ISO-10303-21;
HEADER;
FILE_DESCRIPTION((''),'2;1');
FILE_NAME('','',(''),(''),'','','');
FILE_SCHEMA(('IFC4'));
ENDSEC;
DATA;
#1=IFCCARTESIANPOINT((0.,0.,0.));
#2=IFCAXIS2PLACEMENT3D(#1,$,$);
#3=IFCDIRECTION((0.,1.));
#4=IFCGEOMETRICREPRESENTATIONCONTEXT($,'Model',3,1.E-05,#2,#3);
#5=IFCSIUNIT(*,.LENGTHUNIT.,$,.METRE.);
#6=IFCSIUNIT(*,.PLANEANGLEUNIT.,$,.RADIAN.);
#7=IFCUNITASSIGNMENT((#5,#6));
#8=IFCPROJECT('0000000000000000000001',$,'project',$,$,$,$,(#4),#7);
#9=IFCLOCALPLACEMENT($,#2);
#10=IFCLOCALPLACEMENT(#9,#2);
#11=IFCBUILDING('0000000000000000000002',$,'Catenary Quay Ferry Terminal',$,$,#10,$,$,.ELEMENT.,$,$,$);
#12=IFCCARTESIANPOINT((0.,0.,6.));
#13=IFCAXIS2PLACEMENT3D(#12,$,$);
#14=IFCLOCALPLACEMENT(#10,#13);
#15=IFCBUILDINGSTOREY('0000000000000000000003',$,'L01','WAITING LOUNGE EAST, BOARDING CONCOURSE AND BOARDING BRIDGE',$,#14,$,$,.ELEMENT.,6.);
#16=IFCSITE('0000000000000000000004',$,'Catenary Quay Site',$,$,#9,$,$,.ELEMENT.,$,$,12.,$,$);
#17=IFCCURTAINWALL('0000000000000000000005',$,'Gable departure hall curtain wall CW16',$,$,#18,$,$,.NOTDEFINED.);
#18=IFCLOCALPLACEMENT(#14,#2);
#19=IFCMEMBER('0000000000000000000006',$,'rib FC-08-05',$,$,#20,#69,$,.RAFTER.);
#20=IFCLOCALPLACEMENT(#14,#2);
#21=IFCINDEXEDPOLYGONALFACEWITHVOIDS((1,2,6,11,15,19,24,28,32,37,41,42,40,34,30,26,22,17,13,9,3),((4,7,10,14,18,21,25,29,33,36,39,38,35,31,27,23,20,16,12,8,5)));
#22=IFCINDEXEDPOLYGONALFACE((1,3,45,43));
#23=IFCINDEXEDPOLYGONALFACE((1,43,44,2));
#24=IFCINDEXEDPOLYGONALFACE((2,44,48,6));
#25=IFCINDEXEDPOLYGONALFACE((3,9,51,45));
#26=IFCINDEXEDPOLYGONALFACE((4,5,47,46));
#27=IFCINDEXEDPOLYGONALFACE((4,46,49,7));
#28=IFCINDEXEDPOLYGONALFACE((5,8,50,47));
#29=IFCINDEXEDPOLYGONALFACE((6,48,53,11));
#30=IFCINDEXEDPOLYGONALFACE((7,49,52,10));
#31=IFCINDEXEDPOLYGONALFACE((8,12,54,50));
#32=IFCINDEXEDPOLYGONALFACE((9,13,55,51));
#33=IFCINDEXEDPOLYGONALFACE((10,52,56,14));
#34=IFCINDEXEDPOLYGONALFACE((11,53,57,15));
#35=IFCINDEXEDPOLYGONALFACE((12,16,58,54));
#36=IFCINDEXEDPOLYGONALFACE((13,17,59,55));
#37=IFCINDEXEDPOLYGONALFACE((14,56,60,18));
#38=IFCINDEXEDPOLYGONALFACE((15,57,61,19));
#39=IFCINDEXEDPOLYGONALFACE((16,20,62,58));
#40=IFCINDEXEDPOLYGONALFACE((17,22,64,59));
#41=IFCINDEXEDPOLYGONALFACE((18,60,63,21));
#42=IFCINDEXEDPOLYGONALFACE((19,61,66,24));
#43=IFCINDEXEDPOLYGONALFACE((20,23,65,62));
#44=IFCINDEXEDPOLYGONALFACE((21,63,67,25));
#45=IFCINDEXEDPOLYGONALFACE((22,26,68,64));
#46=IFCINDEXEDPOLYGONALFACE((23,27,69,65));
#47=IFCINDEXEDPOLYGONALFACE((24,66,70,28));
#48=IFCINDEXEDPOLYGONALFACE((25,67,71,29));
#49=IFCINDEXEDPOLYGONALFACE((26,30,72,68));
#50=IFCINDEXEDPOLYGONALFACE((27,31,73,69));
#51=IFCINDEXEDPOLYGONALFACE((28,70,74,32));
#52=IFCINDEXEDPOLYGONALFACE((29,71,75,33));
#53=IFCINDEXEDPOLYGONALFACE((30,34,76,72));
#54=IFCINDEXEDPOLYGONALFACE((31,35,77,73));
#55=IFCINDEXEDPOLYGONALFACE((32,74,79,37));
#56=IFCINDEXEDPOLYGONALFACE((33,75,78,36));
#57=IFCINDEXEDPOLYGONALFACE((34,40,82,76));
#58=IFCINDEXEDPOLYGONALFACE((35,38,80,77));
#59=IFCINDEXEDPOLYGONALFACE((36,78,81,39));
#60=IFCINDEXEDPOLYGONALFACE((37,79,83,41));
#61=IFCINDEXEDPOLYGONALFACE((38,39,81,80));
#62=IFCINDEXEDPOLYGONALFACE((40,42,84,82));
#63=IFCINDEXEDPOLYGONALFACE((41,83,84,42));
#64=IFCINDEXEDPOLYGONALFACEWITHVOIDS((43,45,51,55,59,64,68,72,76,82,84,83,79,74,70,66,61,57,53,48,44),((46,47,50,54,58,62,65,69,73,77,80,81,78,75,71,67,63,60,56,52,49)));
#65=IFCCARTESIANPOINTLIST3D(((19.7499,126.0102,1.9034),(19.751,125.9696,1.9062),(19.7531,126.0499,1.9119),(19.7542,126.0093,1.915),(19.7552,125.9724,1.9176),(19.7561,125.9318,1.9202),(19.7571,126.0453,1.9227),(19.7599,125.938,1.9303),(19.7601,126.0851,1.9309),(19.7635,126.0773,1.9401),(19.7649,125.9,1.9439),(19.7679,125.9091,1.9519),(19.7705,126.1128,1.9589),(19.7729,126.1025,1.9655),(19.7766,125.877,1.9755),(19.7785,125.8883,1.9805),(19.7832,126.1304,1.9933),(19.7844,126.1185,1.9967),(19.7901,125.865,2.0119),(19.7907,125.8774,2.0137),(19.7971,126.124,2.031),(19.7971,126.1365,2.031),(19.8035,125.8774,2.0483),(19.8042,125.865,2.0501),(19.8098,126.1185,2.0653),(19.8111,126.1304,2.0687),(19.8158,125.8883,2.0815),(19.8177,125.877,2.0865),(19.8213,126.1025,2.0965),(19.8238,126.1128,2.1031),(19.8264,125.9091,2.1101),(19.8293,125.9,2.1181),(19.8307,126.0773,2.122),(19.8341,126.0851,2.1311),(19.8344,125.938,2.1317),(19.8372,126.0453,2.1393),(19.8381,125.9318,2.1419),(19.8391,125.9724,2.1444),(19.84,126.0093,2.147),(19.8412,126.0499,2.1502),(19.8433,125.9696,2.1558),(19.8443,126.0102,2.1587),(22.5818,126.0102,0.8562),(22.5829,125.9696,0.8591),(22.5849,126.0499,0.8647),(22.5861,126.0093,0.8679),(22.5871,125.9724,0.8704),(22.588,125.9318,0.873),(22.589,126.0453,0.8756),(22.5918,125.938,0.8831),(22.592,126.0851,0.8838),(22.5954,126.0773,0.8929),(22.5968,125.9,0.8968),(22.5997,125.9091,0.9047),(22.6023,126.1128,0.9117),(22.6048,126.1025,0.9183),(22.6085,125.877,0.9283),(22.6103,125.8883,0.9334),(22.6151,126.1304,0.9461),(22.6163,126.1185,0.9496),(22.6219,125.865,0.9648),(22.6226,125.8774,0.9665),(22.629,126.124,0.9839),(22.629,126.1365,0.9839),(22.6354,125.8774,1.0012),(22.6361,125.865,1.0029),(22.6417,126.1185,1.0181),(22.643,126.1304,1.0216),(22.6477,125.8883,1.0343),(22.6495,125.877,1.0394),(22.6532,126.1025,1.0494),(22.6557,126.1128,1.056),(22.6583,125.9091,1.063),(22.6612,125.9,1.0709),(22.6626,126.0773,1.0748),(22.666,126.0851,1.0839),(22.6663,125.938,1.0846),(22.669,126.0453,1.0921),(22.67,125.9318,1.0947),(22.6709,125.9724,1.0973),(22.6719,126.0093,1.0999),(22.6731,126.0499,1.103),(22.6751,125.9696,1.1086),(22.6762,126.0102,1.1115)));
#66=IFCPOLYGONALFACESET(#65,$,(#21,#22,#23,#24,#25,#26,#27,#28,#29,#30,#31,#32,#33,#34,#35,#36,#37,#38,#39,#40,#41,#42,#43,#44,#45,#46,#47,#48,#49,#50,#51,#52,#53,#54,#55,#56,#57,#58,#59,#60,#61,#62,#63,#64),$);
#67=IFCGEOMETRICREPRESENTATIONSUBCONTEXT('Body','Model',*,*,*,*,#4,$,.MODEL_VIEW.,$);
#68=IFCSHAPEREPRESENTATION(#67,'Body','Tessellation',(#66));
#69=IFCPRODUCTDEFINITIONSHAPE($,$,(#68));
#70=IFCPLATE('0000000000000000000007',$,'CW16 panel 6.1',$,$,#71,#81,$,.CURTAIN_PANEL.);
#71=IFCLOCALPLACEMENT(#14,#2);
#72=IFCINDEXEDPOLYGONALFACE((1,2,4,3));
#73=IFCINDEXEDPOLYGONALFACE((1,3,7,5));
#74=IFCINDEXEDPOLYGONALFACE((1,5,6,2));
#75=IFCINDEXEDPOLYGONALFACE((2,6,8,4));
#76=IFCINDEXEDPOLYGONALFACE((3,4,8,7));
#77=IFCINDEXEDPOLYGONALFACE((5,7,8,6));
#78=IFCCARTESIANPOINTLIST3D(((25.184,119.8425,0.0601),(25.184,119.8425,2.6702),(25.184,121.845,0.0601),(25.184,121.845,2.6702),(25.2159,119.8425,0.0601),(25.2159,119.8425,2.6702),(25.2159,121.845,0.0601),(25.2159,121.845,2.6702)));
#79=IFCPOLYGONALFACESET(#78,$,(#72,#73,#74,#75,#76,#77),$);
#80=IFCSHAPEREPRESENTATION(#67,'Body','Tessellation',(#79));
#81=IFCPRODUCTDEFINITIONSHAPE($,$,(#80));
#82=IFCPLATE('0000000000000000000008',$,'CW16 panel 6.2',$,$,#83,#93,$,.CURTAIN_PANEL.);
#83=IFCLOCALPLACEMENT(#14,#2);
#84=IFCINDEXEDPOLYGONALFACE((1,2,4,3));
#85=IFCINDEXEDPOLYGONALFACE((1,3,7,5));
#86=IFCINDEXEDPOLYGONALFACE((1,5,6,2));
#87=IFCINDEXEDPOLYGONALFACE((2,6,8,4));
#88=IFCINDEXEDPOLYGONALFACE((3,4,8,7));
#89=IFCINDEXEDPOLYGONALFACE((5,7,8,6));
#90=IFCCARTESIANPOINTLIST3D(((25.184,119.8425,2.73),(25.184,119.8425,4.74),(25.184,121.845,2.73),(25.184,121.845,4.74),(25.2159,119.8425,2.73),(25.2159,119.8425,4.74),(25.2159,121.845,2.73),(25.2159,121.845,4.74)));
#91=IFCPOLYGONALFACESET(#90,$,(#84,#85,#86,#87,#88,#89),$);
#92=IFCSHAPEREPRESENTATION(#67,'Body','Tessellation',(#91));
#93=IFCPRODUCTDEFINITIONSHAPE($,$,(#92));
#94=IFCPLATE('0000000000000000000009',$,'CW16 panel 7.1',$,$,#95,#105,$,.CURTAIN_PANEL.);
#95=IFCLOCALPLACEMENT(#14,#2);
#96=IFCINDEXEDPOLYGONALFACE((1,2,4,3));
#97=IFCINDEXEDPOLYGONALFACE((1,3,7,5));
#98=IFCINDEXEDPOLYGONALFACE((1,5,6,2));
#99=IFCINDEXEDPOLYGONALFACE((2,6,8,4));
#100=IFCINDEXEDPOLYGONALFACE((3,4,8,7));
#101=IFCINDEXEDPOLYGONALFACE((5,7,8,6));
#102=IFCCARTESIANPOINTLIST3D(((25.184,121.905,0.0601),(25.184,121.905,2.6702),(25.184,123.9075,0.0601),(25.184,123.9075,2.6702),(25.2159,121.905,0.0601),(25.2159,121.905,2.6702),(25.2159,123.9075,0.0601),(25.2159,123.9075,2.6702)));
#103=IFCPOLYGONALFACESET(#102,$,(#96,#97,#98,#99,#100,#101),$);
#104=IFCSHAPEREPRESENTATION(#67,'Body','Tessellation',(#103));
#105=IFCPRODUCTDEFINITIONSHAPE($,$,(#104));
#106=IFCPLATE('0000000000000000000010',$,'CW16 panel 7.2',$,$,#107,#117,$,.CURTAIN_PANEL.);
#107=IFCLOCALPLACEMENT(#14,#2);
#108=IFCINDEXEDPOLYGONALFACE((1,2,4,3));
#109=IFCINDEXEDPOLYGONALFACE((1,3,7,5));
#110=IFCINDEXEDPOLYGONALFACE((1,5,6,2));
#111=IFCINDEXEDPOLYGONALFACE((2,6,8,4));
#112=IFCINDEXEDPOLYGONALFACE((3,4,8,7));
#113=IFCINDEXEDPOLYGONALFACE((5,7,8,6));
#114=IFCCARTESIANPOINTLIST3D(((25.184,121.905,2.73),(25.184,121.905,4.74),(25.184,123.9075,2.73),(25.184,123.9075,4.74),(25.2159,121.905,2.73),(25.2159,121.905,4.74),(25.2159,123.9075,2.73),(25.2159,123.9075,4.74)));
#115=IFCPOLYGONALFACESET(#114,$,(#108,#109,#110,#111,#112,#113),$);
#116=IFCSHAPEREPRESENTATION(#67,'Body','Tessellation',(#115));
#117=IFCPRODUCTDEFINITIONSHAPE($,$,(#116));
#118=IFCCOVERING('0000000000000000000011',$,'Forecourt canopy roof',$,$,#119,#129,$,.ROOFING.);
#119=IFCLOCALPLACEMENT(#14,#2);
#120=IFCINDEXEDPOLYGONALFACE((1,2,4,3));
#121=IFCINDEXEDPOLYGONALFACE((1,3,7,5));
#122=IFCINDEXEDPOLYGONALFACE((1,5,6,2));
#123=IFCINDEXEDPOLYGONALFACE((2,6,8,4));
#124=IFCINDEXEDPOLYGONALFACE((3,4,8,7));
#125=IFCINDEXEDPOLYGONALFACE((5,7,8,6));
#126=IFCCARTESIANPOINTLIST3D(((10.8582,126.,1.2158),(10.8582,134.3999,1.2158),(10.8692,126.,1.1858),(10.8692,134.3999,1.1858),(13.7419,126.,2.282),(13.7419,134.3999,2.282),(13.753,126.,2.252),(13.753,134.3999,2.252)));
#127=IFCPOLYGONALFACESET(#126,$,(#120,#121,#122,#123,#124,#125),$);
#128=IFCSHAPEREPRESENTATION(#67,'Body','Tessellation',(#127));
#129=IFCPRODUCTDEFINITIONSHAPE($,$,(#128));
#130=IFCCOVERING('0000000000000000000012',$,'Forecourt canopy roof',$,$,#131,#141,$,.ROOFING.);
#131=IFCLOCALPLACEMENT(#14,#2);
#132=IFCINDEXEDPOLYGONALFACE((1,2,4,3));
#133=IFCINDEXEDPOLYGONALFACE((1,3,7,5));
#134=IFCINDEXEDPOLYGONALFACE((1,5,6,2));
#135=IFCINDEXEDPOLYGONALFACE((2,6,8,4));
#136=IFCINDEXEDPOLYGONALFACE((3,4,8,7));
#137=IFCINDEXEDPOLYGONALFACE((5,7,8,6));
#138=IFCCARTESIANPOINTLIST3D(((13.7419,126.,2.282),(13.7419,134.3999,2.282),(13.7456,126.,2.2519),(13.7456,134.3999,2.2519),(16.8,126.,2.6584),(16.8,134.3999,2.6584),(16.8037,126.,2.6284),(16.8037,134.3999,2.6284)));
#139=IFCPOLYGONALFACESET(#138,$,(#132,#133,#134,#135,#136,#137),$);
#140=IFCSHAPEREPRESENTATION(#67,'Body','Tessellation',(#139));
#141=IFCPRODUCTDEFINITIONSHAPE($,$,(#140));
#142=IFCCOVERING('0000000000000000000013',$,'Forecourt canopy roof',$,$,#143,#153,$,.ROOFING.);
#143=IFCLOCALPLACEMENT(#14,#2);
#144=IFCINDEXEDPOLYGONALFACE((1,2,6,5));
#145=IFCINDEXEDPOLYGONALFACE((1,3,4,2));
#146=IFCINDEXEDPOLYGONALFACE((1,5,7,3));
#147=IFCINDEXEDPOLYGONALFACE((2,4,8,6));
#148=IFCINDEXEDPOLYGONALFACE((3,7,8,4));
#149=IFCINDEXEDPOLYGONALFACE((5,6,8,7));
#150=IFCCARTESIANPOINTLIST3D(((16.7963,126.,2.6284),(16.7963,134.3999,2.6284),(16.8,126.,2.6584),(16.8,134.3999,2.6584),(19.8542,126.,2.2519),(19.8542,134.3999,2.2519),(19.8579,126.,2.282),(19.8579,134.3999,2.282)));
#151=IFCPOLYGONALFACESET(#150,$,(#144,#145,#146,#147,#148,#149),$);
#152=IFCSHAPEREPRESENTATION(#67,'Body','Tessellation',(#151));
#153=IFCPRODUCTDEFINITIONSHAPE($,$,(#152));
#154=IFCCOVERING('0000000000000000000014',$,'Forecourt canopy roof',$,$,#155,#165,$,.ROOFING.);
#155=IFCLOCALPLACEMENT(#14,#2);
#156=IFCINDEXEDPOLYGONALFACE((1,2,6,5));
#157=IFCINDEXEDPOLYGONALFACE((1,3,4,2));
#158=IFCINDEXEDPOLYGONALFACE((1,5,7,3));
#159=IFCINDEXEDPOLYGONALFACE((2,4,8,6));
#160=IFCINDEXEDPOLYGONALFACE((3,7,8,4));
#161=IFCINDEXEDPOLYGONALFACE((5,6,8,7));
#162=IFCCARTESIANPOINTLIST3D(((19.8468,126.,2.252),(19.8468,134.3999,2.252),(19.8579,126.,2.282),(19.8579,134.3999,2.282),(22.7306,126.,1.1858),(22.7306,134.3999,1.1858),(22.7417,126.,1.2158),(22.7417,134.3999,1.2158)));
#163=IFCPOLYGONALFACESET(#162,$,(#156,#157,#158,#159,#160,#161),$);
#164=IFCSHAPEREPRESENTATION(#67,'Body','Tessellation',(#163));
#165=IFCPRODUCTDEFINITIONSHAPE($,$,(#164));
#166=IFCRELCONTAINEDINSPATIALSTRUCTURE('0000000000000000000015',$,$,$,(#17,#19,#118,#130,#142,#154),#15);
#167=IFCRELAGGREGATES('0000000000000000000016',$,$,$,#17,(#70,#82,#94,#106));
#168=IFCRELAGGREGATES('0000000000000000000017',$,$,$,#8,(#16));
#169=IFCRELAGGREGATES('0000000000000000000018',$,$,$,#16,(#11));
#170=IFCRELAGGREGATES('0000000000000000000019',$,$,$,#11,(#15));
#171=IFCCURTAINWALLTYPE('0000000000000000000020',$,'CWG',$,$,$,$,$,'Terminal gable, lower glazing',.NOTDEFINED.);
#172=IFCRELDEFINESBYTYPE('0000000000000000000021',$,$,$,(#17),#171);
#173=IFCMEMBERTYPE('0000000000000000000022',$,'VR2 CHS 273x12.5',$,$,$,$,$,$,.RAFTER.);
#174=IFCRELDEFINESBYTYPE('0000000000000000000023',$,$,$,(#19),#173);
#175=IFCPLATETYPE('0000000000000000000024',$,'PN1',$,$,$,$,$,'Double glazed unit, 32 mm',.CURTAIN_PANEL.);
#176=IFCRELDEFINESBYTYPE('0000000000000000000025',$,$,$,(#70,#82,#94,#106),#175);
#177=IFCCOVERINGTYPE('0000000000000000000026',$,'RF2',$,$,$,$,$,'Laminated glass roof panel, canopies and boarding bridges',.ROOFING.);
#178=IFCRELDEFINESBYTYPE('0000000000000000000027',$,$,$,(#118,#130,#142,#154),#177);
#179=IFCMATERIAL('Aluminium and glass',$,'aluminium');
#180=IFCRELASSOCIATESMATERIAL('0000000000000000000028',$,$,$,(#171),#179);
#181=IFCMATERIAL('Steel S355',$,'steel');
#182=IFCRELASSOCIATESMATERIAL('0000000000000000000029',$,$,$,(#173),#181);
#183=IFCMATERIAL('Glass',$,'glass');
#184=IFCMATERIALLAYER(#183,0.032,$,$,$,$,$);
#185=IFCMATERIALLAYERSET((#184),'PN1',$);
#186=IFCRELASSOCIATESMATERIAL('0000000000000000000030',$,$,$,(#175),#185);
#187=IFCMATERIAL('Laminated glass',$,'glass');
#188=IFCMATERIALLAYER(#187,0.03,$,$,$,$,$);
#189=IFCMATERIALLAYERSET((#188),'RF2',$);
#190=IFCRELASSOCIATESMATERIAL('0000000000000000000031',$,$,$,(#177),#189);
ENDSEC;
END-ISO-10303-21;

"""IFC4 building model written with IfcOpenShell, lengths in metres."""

from ifc_helpers import new_model, si_unit, direction, frame, origin, origin_2d, place, context, subcontext, project, spatial, polyline, rectangle, hollow_circle, outline, extrude, material, layer, layer_set, material_profile, profile_set, type_object, element, aggregate, save


model = new_model("IFC4")

# Units and contexts
model_context = context("Model", 3, precision=1e-05, world=origin(), true_north=direction((0.0, 1.0)))
body_context = subcontext(model_context, "Body", "Model", "MODEL_VIEW")
ifc_project = project(units=[si_unit("LENGTHUNIT", "METRE"), si_unit("PLANEANGLEUNIT", "RADIAN")], contexts=[model_context])

# Site, building, storey
site_placement = place(None, origin())
site = spatial("IfcSite", under=ifc_project, at=site_placement, Name="Catenary Quay Site", CompositionType="ELEMENT", RefElevation=12.0)
building_placement = place(site_placement, origin())
building = spatial("IfcBuilding", under=site, at=building_placement, Name="Catenary Quay Ferry Terminal", CompositionType="ELEMENT")
storey_placement = place(building_placement, frame((0.0, 0.0, 6.0)))
storey = spatial("IfcBuildingStorey", under=building, at=storey_placement, Name="L01", Description="WAITING LOUNGE EAST, BOARDING CONCOURSE AND BOARDING BRIDGE", CompositionType="ELEMENT", Elevation=6.0)

# Curtain wall
ifc_material_1 = material(Name="Aluminium and glass", Category="aluminium")
curtain_wall_type = type_object("IfcCurtainWallType", Name="CWG", ElementType="Terminal gable, lower glazing", PredefinedType="NOTDEFINED", material=ifc_material_1)
curtain_wall_placement = place(storey_placement, origin())
curtain_wall = element("IfcCurtainWall", 1, at=curtain_wall_placement, inside=storey, type_object=curtain_wall_type, Name="Gable departure hall curtain wall CW16", PredefinedType="NOTDEFINED")

# Member
ifc_material_2 = material(Name="Steel S355", Category="steel")
ifc_material_profile_1 = material_profile(ifc_material_2, hollow_circle(Radius=0.1365, WallThickness=0.0125, at=origin_2d()), Name="CHS 273x12.5")
ifc_profile_set_1 = profile_set([ifc_material_profile_1], Name="Steel S355")
member_type_1 = type_object("IfcMemberType", Name="VR2 CHS 273x12.5", PredefinedType="RAFTER", material=ifc_profile_set_1)
member_1_placement = place(storey_placement, frame((19.7971, 126.0, 2.031), z_axis=(0.937931, 0.0, -0.346822), x_axis=(0.0, 1.0, 0.0)))
element("IfcMember", 2, at=member_1_placement, inside=storey, type_object=member_type_1, Name="rib FC-08-05", PredefinedType="RAFTER", context=body_context, shape_type="SweptSolid", body=[
    extrude(hollow_circle(Radius=0.1365, WallThickness=0.0125, at=origin_2d()), origin(), (0.0, 0.0, 1.0), 3.0193),
])

# Plates
ifc_material_3 = material(Name="Glass", Category="glass")
ifc_layer_1 = layer(ifc_material_3, 0.032)
ifc_layer_set_1 = layer_set([ifc_layer_1], Name="PN1")
plate_type = type_object("IfcPlateType", Name="PN1", ElementType="Double glazed unit, 32 mm", PredefinedType="CURTAIN_PANEL", material=ifc_layer_set_1)
plate_1_placement = place(storey_placement, frame((25.2, 120.8438, 0.0601), z_axis=(0.0, 0.0, 1.0), x_axis=(0.0, 1.0, 0.0)))
plate_1 = element("IfcPlate", 3, at=plate_1_placement, type_object=plate_type, Name="CW16 panel 6.1", PredefinedType="CURTAIN_PANEL", context=body_context, shape_type="SweptSolid", body=[
    extrude(rectangle(XDim=2.0024, YDim=0.032, at=origin_2d()), origin(), (0.0, 0.0, 1.0), 2.6101),
])
plate_2_placement = place(storey_placement, frame((25.2, 120.8438, 2.73), z_axis=(0.0, 0.0, 1.0), x_axis=(0.0, 1.0, 0.0)))
plate_2 = element("IfcPlate", 4, at=plate_2_placement, type_object=plate_type, Name="CW16 panel 6.2", PredefinedType="CURTAIN_PANEL", context=body_context, shape_type="SweptSolid", body=[
    extrude(rectangle(XDim=2.0024, YDim=0.032, at=origin_2d()), origin(), (0.0, 0.0, 1.0), 2.01),
])
plate_3_placement = place(storey_placement, frame((25.2, 122.9062, 0.0601), z_axis=(0.0, 0.0, 1.0), x_axis=(0.0, 1.0, 0.0)))
plate_3 = element("IfcPlate", 5, at=plate_3_placement, type_object=plate_type, Name="CW16 panel 7.1", PredefinedType="CURTAIN_PANEL", context=body_context, shape_type="SweptSolid", body=[
    extrude(rectangle(XDim=2.0024, YDim=0.032, at=origin_2d()), origin(), (0.0, 0.0, 1.0), 2.6101),
])
plate_4_placement = place(storey_placement, frame((25.2, 122.9062, 2.73), z_axis=(0.0, 0.0, 1.0), x_axis=(0.0, 1.0, 0.0)))
plate_4 = element("IfcPlate", 6, at=plate_4_placement, type_object=plate_type, Name="CW16 panel 7.2", PredefinedType="CURTAIN_PANEL", context=body_context, shape_type="SweptSolid", body=[
    extrude(rectangle(XDim=2.0024, YDim=0.032, at=origin_2d()), origin(), (0.0, 0.0, 1.0), 2.01),
])
aggregate(curtain_wall, [plate_1, plate_2, plate_3, plate_4])

# Coverings
ifc_material_4 = material(Name="Laminated glass", Category="glass")
ifc_layer_2 = layer(ifc_material_4, 0.03)
ifc_layer_set_2 = layer_set([ifc_layer_2], Name="RF2")
covering_type = type_object("IfcCoveringType", Name="RF2", ElementType="Laminated glass roof panel, canopies and boarding bridges", PredefinedType="ROOFING", material=ifc_layer_set_2)
covering_1_placement = place(storey_placement, frame((10.8582, 126.0, 1.2158), z_axis=(-0.346769, 0.0, 0.937951), x_axis=(0.0, 1.0, 0.0)))
element("IfcCovering", 7, at=covering_1_placement, inside=storey, type_object=covering_type, Name="Forecourt canopy roof", PredefinedType="ROOFING", context=body_context, shape_type="SweptSolid", body=[
    extrude(outline(polyline([(0.0, 0.0), (8.3999, 0.0), (8.3999, -3.0746), (0.0, -3.0746), (0.0, 0.0)])), origin(), (0.0, 0.0, -1.0), 0.032),
])
covering_2_placement = place(storey_placement, frame((13.7419, 126.0, 2.282), z_axis=(-0.122182, 0.0, 0.992508), x_axis=(0.0, 1.0, 0.0)))
element("IfcCovering", 8, at=covering_2_placement, inside=storey, type_object=covering_type, Name="Forecourt canopy roof", PredefinedType="ROOFING", context=body_context, shape_type="SweptSolid", body=[
    extrude(outline(polyline([(0.0, 0.0), (8.3999, 0.0), (8.3999, -3.0812), (0.0, -3.0812), (0.0, 0.0)])), origin(), (0.0, 0.0, -1.0), 0.0303),
])
covering_3_placement = place(storey_placement, frame((16.8, 126.0, 2.6584), z_axis=(0.122191, 0.0, 0.992507), x_axis=(0.0, 1.0, 0.0)))
element("IfcCovering", 9, at=covering_3_placement, inside=storey, type_object=covering_type, Name="Forecourt canopy roof", PredefinedType="ROOFING", context=body_context, shape_type="SweptSolid", body=[
    extrude(outline(polyline([(0.0, 0.0), (8.3999, 0.0), (8.3999, -3.0809), (0.0, -3.0809), (0.0, 0.0)])), origin(), (0.0, 0.0, -1.0), 0.0303),
])
covering_4_placement = place(storey_placement, frame((19.8579, 126.0, 2.282), z_axis=(0.346769, 0.0, 0.937951), x_axis=(0.0, 1.0, 0.0)))
element("IfcCovering", 10, at=covering_4_placement, inside=storey, type_object=covering_type, Name="Forecourt canopy roof", PredefinedType="ROOFING", context=body_context, shape_type="SweptSolid", body=[
    extrude(outline(polyline([(0.0, 0.0), (8.3999, 0.0), (8.3999, -3.0746), (0.0, -3.0746), (0.0, 0.0)])), origin(), (0.0, 0.0, -1.0), 0.032),
])

save(model, "model.ifc")
